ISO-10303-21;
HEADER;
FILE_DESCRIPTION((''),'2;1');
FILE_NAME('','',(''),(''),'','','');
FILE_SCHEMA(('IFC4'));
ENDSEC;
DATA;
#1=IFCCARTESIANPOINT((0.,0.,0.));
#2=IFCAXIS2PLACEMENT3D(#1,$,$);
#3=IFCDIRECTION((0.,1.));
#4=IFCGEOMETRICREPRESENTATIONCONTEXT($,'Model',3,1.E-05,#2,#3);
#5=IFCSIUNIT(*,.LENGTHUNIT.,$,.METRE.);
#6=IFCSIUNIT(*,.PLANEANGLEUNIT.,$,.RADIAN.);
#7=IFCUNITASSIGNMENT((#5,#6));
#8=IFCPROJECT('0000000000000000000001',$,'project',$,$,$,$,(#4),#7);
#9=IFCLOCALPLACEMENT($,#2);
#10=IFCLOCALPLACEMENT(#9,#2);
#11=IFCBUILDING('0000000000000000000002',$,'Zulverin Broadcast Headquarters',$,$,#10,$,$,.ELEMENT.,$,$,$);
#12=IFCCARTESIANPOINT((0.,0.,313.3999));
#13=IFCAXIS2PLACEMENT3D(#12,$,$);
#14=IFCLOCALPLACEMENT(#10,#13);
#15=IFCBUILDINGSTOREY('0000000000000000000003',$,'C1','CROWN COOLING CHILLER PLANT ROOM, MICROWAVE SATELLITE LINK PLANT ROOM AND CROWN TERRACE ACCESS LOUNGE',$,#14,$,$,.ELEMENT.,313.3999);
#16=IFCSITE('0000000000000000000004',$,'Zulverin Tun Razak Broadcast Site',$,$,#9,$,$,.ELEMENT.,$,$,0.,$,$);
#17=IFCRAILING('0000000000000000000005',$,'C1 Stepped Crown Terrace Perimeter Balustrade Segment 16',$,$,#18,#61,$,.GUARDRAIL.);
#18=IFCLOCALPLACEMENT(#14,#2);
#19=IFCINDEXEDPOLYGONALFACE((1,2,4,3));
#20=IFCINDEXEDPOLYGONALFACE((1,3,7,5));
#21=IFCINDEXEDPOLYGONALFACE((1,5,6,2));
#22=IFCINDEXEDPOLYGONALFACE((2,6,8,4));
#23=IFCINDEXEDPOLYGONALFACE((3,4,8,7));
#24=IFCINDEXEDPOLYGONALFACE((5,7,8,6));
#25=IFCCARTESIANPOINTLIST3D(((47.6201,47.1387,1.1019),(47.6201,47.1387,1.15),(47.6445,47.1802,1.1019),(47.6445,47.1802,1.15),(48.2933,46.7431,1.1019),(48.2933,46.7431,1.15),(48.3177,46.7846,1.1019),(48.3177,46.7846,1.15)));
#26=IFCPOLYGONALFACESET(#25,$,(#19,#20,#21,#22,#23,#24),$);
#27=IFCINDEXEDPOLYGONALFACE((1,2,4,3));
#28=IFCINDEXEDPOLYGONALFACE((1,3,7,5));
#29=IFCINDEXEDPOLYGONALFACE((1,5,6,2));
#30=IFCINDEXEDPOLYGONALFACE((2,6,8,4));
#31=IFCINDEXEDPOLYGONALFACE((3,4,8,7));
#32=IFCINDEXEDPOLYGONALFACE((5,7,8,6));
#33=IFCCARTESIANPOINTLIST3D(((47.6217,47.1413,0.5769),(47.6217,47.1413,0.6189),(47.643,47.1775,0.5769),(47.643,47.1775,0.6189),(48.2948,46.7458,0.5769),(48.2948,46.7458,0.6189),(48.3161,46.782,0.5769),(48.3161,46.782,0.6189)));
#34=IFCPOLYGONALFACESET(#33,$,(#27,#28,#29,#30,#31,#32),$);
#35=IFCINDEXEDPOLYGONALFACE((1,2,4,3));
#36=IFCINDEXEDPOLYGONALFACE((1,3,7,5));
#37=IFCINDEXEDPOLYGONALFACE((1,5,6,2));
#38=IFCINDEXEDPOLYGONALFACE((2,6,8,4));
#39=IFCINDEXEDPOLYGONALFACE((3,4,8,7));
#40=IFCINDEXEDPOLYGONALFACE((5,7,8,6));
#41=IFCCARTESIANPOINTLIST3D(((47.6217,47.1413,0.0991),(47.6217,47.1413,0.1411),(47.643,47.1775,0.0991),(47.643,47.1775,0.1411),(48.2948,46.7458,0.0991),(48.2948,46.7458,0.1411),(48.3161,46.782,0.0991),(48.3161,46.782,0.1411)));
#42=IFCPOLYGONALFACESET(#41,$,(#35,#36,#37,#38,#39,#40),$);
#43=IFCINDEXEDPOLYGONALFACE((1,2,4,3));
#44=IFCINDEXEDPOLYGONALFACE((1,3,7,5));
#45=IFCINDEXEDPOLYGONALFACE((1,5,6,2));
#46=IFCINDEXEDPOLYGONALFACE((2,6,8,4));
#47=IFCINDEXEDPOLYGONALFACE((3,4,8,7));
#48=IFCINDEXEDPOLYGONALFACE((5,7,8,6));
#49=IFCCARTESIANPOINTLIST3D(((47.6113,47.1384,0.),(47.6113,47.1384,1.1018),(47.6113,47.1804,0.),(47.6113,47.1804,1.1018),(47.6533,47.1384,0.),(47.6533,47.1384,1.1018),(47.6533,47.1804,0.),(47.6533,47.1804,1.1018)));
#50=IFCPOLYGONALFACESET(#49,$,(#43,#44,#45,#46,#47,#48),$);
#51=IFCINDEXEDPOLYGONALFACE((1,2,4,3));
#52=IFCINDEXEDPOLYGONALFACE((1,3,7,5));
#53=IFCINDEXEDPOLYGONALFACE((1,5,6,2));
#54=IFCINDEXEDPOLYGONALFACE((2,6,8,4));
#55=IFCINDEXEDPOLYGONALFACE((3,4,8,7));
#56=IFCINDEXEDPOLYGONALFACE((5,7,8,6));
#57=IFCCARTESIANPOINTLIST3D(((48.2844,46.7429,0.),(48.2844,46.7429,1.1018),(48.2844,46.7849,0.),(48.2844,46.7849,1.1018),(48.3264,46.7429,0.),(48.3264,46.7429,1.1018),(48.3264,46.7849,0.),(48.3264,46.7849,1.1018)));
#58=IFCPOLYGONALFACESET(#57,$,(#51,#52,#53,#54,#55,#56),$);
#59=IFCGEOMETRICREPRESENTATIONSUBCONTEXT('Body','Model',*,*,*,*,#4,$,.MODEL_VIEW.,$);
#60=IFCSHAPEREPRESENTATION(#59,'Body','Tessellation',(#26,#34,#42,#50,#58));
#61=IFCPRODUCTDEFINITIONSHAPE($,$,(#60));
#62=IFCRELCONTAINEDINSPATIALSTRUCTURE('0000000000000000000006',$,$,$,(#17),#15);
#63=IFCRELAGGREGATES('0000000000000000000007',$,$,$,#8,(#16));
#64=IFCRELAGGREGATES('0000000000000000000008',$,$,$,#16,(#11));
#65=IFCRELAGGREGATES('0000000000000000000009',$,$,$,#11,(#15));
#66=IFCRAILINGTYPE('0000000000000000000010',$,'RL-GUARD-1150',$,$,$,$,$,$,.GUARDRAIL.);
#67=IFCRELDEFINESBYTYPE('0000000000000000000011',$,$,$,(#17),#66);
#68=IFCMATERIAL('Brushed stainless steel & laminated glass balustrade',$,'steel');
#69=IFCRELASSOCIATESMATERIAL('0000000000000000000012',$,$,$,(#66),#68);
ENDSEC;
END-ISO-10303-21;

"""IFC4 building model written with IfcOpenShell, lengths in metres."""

from ifc_helpers import new_model, si_unit, direction, frame, origin, origin_2d, place, context, subcontext, project, spatial, rectangle, extrude, material, type_object, element, save


model = new_model("IFC4")

# Units and contexts
model_context = context("Model", 3, precision=1e-05, world=origin(), true_north=direction((0.0, 1.0)))
body_context = subcontext(model_context, "Body", "Model", "MODEL_VIEW")
ifc_project = project(units=[si_unit("LENGTHUNIT", "METRE"), si_unit("PLANEANGLEUNIT", "RADIAN")], contexts=[model_context])

# Site, building, storey
site_placement = place(None, origin())
site = spatial("IfcSite", under=ifc_project, at=site_placement, Name="Zulverin Tun Razak Broadcast Site", CompositionType="ELEMENT", RefElevation=0.0)
building_placement = place(site_placement, origin())
building = spatial("IfcBuilding", under=site, at=building_placement, Name="Zulverin Broadcast Headquarters", CompositionType="ELEMENT")
storey_placement = place(building_placement, frame((0.0, 0.0, 313.3999)))
storey = spatial("IfcBuildingStorey", under=building, at=storey_placement, Name="C1", Description="CROWN COOLING CHILLER PLANT ROOM, MICROWAVE SATELLITE LINK PLANT ROOM AND CROWN TERRACE ACCESS LOUNGE", CompositionType="ELEMENT", Elevation=313.3999)

# Railing
ifc_material_1 = material(Name="Brushed stainless steel & laminated glass balustrade", Category="steel")
railing_type = type_object("IfcRailingType", Name="RL-GUARD-1150", PredefinedType="GUARDRAIL", material=ifc_material_1)
railing_1_placement = place(storey_placement, frame((47.6323, 47.1594, 0.0)))
element("IfcRailing", 1, at=railing_1_placement, inside=storey, type_object=railing_type, Name="C1 Stepped Crown Terrace Perimeter Balustrade Segment 16", PredefinedType="GUARDRAIL", context=body_context, shape_type="SweptSolid", body=[
    extrude(rectangle(XDim=0.0481, YDim=0.0481, at=origin_2d()), frame((0.0, 0.0, 1.126), z_axis=(0.862175, -0.50661, 0.0), x_axis=(0.50661, 0.862175, 0.0)), (0.0, 0.0, 1.0), 0.7808),
    extrude(rectangle(XDim=0.042, YDim=0.042, at=origin_2d()), frame((0.0, 0.0, 0.5979), z_axis=(0.862175, -0.50661, 0.0), x_axis=(0.50661, 0.862175, 0.0)), (0.0, 0.0, 1.0), 0.7808),
    extrude(rectangle(XDim=0.042, YDim=0.042, at=origin_2d()), frame((0.0, 0.0, 0.1201), z_axis=(0.862175, -0.50661, 0.0), x_axis=(0.50661, 0.862175, 0.0)), (0.0, 0.0, 1.0), 0.7808),
    extrude(rectangle(XDim=0.042, YDim=0.042, at=origin_2d()), origin(), (0.0, 0.0, 1.0), 1.1018),
    extrude(rectangle(XDim=0.042, YDim=0.042, at=origin_2d()), frame((0.6731, -0.3955, 0.0)), (0.0, 0.0, 1.0), 1.1018),
])

save(model, "model.ifc")
